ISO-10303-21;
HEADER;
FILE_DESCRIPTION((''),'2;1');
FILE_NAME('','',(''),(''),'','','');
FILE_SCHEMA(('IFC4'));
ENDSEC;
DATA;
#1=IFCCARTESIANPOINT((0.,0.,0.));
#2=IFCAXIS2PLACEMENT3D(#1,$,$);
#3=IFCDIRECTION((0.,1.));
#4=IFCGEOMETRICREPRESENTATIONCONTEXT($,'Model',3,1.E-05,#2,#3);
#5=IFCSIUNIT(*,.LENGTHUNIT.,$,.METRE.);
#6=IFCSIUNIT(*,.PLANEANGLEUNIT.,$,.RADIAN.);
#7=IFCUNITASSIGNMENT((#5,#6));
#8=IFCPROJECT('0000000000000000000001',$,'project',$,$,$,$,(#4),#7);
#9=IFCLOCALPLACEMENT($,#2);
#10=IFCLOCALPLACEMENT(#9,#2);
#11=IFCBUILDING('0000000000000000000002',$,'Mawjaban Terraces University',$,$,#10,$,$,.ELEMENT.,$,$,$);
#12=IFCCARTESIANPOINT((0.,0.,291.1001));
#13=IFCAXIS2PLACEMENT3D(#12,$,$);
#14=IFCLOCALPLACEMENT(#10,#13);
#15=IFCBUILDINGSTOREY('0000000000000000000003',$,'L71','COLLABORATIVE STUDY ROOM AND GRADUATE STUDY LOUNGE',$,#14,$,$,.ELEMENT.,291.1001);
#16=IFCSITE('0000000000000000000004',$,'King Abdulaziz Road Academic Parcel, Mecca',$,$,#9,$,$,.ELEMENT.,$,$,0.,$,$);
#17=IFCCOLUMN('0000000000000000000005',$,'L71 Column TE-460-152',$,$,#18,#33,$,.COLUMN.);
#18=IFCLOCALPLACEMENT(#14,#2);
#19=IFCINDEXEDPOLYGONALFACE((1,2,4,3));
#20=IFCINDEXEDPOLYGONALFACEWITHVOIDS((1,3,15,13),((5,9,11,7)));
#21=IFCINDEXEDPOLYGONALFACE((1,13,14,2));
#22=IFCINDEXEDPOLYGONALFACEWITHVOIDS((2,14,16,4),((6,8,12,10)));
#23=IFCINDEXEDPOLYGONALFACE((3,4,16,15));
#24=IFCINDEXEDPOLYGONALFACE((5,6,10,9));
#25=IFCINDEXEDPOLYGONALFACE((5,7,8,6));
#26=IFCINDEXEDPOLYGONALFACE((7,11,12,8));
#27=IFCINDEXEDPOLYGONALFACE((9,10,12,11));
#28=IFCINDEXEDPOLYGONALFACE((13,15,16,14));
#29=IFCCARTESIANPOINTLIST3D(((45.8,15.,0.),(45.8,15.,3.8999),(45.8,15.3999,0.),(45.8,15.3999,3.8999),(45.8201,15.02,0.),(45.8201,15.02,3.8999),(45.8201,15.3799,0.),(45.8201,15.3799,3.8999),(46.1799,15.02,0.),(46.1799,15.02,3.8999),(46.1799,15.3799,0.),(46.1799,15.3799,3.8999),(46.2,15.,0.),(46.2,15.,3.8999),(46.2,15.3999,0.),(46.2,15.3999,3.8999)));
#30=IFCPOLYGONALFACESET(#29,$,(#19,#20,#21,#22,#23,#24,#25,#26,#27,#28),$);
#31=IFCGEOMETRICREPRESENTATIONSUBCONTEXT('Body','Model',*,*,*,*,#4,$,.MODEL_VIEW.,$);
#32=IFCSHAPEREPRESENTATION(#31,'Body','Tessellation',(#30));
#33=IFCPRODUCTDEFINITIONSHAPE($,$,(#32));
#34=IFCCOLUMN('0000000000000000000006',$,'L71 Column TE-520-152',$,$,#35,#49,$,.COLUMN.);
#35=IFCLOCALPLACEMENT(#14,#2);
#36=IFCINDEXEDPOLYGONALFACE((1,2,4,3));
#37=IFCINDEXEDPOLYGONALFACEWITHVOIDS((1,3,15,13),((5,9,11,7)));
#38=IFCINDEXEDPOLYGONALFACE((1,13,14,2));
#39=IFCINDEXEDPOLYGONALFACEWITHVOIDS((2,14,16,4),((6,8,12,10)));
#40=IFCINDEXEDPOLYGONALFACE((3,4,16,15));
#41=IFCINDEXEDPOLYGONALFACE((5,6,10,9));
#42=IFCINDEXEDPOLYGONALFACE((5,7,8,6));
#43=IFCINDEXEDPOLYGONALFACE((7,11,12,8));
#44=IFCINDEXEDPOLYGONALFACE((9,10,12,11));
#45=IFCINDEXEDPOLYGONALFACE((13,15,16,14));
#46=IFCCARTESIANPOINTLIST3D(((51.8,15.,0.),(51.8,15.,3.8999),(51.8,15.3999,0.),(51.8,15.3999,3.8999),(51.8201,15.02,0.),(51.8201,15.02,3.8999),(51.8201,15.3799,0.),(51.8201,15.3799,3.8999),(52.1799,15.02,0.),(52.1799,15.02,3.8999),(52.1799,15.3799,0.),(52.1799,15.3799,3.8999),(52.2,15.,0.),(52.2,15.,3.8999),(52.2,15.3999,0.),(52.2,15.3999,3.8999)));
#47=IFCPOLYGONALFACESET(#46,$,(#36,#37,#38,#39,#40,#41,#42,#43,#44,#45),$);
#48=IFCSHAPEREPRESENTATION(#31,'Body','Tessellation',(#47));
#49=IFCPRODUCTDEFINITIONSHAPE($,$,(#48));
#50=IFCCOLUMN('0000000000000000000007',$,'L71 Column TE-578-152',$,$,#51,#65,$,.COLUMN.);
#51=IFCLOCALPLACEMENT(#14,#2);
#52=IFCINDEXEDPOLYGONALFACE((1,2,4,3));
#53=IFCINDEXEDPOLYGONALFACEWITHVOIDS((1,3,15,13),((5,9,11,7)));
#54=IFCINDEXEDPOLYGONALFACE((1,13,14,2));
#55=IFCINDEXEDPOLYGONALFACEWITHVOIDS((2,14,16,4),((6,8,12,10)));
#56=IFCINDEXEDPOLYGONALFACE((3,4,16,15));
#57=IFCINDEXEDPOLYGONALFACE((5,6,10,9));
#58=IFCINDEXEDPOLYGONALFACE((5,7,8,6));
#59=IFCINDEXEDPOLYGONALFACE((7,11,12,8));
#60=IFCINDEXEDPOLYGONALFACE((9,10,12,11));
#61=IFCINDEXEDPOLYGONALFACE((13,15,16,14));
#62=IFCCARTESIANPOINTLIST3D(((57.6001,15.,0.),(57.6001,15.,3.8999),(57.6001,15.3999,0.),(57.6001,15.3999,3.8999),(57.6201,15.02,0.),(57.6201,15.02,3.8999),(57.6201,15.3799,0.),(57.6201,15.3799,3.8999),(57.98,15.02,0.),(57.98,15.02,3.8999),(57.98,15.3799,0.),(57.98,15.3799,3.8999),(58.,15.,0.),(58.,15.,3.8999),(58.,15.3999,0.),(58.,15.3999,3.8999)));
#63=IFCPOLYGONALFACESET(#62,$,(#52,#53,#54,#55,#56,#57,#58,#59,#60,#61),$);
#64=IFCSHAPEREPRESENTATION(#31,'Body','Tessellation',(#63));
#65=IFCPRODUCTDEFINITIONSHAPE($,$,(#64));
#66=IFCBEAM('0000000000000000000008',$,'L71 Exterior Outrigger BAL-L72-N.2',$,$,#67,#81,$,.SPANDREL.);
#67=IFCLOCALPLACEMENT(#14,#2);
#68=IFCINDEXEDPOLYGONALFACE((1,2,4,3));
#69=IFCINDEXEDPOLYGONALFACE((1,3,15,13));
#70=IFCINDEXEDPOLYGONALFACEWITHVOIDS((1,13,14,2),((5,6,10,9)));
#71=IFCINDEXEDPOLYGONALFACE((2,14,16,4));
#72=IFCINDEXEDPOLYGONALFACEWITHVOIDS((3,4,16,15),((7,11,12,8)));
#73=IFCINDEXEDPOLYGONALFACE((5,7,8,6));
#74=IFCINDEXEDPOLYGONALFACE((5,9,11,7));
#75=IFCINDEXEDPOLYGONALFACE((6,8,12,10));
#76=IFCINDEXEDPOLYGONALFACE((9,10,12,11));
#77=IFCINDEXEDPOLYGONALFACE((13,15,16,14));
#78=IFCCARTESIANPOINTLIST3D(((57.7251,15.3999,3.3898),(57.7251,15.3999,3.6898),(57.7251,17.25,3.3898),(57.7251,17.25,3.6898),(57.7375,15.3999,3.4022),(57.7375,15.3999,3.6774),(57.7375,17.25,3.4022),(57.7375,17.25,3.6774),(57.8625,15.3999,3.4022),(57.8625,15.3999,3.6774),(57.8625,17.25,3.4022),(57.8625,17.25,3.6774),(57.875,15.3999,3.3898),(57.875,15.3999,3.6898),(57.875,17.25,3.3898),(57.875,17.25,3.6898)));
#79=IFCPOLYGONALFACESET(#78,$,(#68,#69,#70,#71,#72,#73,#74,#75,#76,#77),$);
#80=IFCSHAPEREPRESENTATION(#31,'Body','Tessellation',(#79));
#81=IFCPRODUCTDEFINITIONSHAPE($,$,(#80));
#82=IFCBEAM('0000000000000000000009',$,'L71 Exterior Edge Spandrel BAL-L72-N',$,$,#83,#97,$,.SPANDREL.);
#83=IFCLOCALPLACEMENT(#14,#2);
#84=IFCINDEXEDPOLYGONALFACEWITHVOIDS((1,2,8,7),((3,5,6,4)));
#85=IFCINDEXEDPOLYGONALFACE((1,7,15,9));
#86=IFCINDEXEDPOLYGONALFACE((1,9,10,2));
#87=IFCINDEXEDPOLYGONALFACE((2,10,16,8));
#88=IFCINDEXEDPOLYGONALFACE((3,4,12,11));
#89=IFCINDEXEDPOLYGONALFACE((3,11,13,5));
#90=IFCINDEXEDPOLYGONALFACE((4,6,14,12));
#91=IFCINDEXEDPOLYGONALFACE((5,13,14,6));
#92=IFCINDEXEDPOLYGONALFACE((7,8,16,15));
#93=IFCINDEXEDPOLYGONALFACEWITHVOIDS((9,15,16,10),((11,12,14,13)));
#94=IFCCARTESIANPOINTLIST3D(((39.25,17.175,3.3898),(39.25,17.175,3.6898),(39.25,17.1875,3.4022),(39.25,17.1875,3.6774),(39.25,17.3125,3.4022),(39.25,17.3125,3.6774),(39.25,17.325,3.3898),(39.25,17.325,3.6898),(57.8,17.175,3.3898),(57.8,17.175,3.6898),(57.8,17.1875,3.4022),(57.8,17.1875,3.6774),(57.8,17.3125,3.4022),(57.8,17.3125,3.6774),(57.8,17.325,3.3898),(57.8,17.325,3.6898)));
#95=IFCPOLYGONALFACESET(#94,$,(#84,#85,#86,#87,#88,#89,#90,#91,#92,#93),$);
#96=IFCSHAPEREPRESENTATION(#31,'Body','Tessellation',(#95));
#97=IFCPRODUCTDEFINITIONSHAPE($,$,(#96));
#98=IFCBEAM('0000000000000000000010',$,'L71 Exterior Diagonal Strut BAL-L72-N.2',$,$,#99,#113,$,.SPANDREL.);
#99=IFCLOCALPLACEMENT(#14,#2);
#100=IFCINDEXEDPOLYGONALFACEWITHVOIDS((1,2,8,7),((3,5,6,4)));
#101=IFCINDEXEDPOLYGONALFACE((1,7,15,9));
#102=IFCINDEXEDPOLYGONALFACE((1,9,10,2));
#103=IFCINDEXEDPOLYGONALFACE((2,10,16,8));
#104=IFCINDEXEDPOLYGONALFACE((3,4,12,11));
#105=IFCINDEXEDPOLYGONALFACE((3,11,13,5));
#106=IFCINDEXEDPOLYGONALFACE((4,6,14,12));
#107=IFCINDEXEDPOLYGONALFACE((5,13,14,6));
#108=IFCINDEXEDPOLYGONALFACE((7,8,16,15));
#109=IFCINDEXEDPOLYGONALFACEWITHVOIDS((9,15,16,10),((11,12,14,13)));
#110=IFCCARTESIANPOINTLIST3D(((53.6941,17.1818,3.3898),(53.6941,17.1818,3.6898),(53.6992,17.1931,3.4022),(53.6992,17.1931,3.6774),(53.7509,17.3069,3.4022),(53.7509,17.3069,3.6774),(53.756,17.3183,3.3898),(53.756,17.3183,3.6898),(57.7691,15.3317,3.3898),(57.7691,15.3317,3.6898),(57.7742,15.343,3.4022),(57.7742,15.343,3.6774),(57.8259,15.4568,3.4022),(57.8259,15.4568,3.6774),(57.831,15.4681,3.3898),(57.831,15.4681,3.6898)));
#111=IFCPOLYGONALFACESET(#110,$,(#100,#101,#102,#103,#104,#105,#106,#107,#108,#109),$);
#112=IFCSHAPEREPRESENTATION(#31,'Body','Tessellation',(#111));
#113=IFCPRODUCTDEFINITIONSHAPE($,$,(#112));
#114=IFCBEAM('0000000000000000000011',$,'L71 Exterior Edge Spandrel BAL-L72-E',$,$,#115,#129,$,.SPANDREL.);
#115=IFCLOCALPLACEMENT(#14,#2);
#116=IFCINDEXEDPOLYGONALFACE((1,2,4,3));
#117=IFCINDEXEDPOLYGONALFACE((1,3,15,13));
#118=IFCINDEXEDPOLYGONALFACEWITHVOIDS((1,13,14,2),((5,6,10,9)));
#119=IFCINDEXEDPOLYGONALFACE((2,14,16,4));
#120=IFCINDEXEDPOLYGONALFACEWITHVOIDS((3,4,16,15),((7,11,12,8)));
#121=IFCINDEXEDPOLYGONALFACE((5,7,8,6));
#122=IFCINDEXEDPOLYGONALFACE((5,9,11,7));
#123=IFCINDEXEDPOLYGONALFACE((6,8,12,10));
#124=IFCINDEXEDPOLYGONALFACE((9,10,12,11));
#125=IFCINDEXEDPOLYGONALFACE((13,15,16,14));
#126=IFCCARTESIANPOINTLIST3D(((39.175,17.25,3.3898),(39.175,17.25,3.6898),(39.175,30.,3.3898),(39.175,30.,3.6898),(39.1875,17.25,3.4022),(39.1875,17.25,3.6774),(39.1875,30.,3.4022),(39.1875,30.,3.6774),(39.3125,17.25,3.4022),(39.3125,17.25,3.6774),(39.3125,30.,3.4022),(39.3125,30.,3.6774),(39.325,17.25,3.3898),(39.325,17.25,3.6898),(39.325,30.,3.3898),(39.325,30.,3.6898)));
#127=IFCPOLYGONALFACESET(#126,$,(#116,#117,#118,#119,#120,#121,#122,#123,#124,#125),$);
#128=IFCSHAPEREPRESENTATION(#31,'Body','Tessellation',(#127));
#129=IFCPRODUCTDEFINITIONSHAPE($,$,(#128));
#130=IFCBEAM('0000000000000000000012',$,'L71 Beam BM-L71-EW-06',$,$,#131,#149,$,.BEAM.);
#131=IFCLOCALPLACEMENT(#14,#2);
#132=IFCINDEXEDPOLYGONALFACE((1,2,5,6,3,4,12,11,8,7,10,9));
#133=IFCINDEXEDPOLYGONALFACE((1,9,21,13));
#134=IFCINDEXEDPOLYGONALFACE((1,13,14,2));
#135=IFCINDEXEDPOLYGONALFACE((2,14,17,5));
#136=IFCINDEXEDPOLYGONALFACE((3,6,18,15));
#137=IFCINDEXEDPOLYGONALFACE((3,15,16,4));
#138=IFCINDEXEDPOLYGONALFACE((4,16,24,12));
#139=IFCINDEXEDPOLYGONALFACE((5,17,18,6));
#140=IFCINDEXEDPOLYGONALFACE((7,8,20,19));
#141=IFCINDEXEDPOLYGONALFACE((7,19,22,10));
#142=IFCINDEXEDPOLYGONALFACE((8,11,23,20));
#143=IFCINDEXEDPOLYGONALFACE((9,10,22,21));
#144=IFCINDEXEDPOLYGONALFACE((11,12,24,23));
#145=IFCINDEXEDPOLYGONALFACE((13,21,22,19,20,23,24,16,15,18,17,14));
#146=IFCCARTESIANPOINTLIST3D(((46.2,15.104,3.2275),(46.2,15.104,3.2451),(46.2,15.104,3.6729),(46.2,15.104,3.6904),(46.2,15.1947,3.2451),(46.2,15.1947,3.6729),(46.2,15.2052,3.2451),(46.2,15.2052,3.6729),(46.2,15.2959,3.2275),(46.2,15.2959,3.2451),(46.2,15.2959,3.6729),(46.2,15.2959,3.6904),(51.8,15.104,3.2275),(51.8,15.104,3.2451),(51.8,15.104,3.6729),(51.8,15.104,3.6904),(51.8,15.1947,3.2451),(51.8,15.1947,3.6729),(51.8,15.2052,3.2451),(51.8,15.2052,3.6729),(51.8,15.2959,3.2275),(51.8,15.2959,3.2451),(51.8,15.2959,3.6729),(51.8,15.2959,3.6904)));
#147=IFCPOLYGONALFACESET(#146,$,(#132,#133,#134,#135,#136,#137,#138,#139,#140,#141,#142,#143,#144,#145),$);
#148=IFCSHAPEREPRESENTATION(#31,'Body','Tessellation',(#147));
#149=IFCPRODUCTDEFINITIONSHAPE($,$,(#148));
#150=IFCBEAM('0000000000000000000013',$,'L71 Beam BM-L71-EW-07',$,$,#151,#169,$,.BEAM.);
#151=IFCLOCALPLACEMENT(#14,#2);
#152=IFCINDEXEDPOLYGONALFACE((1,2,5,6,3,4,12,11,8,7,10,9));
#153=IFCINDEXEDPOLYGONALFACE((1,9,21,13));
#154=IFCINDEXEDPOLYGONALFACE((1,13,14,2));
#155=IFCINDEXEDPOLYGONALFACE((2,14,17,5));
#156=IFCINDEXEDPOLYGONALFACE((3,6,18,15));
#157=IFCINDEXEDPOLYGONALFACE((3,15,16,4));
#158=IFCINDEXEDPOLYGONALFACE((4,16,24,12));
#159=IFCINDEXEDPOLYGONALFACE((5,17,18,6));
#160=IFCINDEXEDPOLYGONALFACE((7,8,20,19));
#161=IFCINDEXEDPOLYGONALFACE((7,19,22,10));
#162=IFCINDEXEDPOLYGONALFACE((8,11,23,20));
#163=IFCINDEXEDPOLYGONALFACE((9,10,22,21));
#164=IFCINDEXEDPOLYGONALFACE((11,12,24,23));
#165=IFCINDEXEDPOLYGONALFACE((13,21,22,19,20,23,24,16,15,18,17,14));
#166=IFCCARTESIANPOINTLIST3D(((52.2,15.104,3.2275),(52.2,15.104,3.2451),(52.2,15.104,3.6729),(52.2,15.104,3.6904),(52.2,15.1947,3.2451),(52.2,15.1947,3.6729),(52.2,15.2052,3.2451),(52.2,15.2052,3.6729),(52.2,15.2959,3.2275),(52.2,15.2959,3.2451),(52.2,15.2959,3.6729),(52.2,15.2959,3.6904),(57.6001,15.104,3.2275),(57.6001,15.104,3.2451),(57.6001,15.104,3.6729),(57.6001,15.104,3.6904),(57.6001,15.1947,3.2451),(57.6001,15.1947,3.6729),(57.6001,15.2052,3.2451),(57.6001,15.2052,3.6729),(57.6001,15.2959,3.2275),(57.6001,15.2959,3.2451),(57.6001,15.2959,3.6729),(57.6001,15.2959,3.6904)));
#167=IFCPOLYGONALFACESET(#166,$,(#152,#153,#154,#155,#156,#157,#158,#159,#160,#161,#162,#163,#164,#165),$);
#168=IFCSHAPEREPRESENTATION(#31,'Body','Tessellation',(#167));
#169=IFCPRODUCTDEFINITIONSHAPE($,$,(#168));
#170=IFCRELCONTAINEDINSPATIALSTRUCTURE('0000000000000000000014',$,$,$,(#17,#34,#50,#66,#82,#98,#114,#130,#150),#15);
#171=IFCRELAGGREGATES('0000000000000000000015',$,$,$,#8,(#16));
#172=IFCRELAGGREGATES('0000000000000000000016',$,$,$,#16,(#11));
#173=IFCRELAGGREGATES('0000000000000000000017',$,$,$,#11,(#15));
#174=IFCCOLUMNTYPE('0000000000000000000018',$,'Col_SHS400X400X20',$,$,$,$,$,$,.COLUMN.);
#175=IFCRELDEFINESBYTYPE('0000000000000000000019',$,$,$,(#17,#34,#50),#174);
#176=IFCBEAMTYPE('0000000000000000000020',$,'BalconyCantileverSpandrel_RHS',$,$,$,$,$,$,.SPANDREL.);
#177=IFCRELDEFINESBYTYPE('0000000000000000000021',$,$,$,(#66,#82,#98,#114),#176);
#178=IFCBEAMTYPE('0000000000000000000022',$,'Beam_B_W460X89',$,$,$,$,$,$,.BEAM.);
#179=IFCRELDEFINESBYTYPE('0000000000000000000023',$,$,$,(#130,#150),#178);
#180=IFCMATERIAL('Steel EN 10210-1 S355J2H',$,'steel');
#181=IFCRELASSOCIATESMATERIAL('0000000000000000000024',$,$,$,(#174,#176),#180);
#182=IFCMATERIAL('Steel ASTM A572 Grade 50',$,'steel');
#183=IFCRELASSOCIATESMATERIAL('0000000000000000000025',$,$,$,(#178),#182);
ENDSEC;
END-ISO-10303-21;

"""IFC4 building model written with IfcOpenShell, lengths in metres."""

from ifc_helpers import new_model, si_unit, direction, frame, origin, origin_2d, place, context, subcontext, project, spatial, hollow_rectangle, i_section, extrude, material, material_profile, profile_set, type_object, element, save


model = new_model("IFC4")

# Units and contexts
model_context = context("Model", 3, precision=1e-05, world=origin(), true_north=direction((0.0, 1.0)))
body_context = subcontext(model_context, "Body", "Model", "MODEL_VIEW")
ifc_project = project(units=[si_unit("LENGTHUNIT", "METRE"), si_unit("PLANEANGLEUNIT", "RADIAN")], contexts=[model_context])

# Site, building, storey
site_placement = place(None, origin())
site = spatial("IfcSite", under=ifc_project, at=site_placement, Name="King Abdulaziz Road Academic Parcel, Mecca", CompositionType="ELEMENT", RefElevation=0.0)
building_placement = place(site_placement, origin())
building = spatial("IfcBuilding", under=site, at=building_placement, Name="Mawjaban Terraces University", CompositionType="ELEMENT")
storey_placement = place(building_placement, frame((0.0, 0.0, 291.1001)))
storey = spatial("IfcBuildingStorey", under=building, at=storey_placement, Name="L71", Description="COLLABORATIVE STUDY ROOM AND GRADUATE STUDY LOUNGE", CompositionType="ELEMENT", Elevation=291.1001)

# Columns
ifc_material_1 = material(Name="Steel EN 10210-1 S355J2H", Category="steel")
ifc_material_profile_1 = material_profile(ifc_material_1, hollow_rectangle(XDim=0.3999, YDim=0.3999, WallThickness=0.02, at=origin_2d()), Name="SHS400X400X20")
ifc_profile_set_1 = profile_set([ifc_material_profile_1], Name="Steel EN 10210-1 S355J2H")
column_type = type_object("IfcColumnType", Name="Col_SHS400X400X20", PredefinedType="COLUMN", material=ifc_profile_set_1)
for number, where, z_axis, x_axis, name in (
    (1, (46.0, 15.2, 0.0), (0.0, 0.0, 1.0), (1.0, 0.0, 0.0), "L71 Column TE-460-152"),
    (2, (52.0, 15.2, 0.0), (0.0, 0.0, 1.0), (1.0, 0.0, 0.0), "L71 Column TE-520-152"),
    (3, (57.8, 15.2, 0.0), (0.0, 0.0, 1.0), (1.0, 0.0, 0.0), "L71 Column TE-578-152"),
):
    element("IfcColumn", number, at=place(storey_placement, frame(where, z_axis=z_axis, x_axis=x_axis)), inside=storey, type_object=column_type, Name=name, PredefinedType="COLUMN", context=body_context, shape_type="SweptSolid", body=[
        extrude(hollow_rectangle(XDim=0.3999, YDim=0.3999, WallThickness=0.02, at=origin_2d()), origin(), (0.0, 0.0, 1.0), 3.8999),
    ])

# Beams
ifc_material_profile_2 = material_profile(ifc_material_1, hollow_rectangle(XDim=0.1499, YDim=0.3, WallThickness=0.0125, at=origin_2d()), Name="RHS300X150X12.5")
ifc_profile_set_2 = profile_set([ifc_material_profile_2], Name="Steel EN 10210-1 S355J2H")
beam_type_1 = type_object("IfcBeamType", Name="BalconyCantileverSpandrel_RHS", PredefinedType="SPANDREL", material=ifc_profile_set_2)
beam_1_placement = place(storey_placement, frame((57.8, 15.3999, 3.5398), z_axis=(0.0, 1.0, 0.0), x_axis=(-1.0, 0.0, 0.0)))
element("IfcBeam", 4, at=beam_1_placement, inside=storey, type_object=beam_type_1, Name="L71 Exterior Outrigger BAL-L72-N.2", PredefinedType="SPANDREL", context=body_context, shape_type="SweptSolid", body=[
    extrude(hollow_rectangle(XDim=0.1499, YDim=0.3, WallThickness=0.0125, at=origin_2d()), origin(), (0.0, 0.0, 1.0), 1.8501),
])
beam_2_placement = place(storey_placement, frame((39.25, 17.25, 3.5398), z_axis=(1.0, 0.0, 0.0), x_axis=(0.0, 1.0, 0.0)))
element("IfcBeam", 5, at=beam_2_placement, inside=storey, type_object=beam_type_1, Name="L71 Exterior Edge Spandrel BAL-L72-N", PredefinedType="SPANDREL", context=body_context, shape_type="SweptSolid", body=[
    extrude(hollow_rectangle(XDim=0.1499, YDim=0.3, WallThickness=0.0125, at=origin_2d()), origin(), (0.0, 0.0, 1.0), 18.55),
])
beam_3_placement = place(storey_placement, frame((57.8, 15.3999, 3.5398), z_axis=(-0.910548, 0.413404, 0.0), x_axis=(-0.413404, -0.910548, 0.0)))
element("IfcBeam", 6, at=beam_3_placement, inside=storey, type_object=beam_type_1, Name="L71 Exterior Diagonal Strut BAL-L72-N.2", PredefinedType="SPANDREL", context=body_context, shape_type="SweptSolid", body=[
    extrude(hollow_rectangle(XDim=0.1499, YDim=0.3, WallThickness=0.0125, at=origin_2d()), origin(), (0.0, 0.0, 1.0), 4.4753),
])
beam_4_placement = place(storey_placement, frame((39.25, 17.25, 3.5398), z_axis=(0.0, 1.0, 0.0), x_axis=(-1.0, 0.0, 0.0)))
element("IfcBeam", 7, at=beam_4_placement, inside=storey, type_object=beam_type_1, Name="L71 Exterior Edge Spandrel BAL-L72-E", PredefinedType="SPANDREL", context=body_context, shape_type="SweptSolid", body=[
    extrude(hollow_rectangle(XDim=0.1499, YDim=0.3, WallThickness=0.0125, at=origin_2d()), origin(), (0.0, 0.0, 1.0), 12.75),
])
ifc_material_2 = material(Name="Steel ASTM A572 Grade 50", Category="steel")
ifc_material_profile_3 = material_profile(ifc_material_2, i_section(OverallWidth=0.1919, OverallDepth=0.4629, WebThickness=0.0105, FlangeThickness=0.0176, at=origin_2d()), Name="W460X89")
ifc_profile_set_3 = profile_set([ifc_material_profile_3], Name="Steel ASTM A572 Grade 50")
beam_type_2 = type_object("IfcBeamType", Name="Beam_B_W460X89", PredefinedType="BEAM", material=ifc_profile_set_3)
beam_5_placement = place(storey_placement, frame((46.2, 15.2, 3.459), z_axis=(1.0, 0.0, 0.0), x_axis=(0.0, 1.0, 0.0)))
element("IfcBeam", 8, at=beam_5_placement, inside=storey, type_object=beam_type_2, Name="L71 Beam BM-L71-EW-06", PredefinedType="BEAM", context=body_context, shape_type="SweptSolid", body=[
    extrude(i_section(OverallWidth=0.1919, OverallDepth=0.4629, WebThickness=0.0105, FlangeThickness=0.0176, at=origin_2d()), origin(), (0.0, 0.0, 1.0), 5.6001),
])
beam_6_placement = place(storey_placement, frame((52.2, 15.2, 3.459), z_axis=(1.0, 0.0, 0.0), x_axis=(0.0, 1.0, 0.0)))
element("IfcBeam", 9, at=beam_6_placement, inside=storey, type_object=beam_type_2, Name="L71 Beam BM-L71-EW-07", PredefinedType="BEAM", context=body_context, shape_type="SweptSolid", body=[
    extrude(i_section(OverallWidth=0.1919, OverallDepth=0.4629, WebThickness=0.0105, FlangeThickness=0.0176, at=origin_2d()), origin(), (0.0, 0.0, 1.0), 5.4001),
])

save(model, "model.ifc")
